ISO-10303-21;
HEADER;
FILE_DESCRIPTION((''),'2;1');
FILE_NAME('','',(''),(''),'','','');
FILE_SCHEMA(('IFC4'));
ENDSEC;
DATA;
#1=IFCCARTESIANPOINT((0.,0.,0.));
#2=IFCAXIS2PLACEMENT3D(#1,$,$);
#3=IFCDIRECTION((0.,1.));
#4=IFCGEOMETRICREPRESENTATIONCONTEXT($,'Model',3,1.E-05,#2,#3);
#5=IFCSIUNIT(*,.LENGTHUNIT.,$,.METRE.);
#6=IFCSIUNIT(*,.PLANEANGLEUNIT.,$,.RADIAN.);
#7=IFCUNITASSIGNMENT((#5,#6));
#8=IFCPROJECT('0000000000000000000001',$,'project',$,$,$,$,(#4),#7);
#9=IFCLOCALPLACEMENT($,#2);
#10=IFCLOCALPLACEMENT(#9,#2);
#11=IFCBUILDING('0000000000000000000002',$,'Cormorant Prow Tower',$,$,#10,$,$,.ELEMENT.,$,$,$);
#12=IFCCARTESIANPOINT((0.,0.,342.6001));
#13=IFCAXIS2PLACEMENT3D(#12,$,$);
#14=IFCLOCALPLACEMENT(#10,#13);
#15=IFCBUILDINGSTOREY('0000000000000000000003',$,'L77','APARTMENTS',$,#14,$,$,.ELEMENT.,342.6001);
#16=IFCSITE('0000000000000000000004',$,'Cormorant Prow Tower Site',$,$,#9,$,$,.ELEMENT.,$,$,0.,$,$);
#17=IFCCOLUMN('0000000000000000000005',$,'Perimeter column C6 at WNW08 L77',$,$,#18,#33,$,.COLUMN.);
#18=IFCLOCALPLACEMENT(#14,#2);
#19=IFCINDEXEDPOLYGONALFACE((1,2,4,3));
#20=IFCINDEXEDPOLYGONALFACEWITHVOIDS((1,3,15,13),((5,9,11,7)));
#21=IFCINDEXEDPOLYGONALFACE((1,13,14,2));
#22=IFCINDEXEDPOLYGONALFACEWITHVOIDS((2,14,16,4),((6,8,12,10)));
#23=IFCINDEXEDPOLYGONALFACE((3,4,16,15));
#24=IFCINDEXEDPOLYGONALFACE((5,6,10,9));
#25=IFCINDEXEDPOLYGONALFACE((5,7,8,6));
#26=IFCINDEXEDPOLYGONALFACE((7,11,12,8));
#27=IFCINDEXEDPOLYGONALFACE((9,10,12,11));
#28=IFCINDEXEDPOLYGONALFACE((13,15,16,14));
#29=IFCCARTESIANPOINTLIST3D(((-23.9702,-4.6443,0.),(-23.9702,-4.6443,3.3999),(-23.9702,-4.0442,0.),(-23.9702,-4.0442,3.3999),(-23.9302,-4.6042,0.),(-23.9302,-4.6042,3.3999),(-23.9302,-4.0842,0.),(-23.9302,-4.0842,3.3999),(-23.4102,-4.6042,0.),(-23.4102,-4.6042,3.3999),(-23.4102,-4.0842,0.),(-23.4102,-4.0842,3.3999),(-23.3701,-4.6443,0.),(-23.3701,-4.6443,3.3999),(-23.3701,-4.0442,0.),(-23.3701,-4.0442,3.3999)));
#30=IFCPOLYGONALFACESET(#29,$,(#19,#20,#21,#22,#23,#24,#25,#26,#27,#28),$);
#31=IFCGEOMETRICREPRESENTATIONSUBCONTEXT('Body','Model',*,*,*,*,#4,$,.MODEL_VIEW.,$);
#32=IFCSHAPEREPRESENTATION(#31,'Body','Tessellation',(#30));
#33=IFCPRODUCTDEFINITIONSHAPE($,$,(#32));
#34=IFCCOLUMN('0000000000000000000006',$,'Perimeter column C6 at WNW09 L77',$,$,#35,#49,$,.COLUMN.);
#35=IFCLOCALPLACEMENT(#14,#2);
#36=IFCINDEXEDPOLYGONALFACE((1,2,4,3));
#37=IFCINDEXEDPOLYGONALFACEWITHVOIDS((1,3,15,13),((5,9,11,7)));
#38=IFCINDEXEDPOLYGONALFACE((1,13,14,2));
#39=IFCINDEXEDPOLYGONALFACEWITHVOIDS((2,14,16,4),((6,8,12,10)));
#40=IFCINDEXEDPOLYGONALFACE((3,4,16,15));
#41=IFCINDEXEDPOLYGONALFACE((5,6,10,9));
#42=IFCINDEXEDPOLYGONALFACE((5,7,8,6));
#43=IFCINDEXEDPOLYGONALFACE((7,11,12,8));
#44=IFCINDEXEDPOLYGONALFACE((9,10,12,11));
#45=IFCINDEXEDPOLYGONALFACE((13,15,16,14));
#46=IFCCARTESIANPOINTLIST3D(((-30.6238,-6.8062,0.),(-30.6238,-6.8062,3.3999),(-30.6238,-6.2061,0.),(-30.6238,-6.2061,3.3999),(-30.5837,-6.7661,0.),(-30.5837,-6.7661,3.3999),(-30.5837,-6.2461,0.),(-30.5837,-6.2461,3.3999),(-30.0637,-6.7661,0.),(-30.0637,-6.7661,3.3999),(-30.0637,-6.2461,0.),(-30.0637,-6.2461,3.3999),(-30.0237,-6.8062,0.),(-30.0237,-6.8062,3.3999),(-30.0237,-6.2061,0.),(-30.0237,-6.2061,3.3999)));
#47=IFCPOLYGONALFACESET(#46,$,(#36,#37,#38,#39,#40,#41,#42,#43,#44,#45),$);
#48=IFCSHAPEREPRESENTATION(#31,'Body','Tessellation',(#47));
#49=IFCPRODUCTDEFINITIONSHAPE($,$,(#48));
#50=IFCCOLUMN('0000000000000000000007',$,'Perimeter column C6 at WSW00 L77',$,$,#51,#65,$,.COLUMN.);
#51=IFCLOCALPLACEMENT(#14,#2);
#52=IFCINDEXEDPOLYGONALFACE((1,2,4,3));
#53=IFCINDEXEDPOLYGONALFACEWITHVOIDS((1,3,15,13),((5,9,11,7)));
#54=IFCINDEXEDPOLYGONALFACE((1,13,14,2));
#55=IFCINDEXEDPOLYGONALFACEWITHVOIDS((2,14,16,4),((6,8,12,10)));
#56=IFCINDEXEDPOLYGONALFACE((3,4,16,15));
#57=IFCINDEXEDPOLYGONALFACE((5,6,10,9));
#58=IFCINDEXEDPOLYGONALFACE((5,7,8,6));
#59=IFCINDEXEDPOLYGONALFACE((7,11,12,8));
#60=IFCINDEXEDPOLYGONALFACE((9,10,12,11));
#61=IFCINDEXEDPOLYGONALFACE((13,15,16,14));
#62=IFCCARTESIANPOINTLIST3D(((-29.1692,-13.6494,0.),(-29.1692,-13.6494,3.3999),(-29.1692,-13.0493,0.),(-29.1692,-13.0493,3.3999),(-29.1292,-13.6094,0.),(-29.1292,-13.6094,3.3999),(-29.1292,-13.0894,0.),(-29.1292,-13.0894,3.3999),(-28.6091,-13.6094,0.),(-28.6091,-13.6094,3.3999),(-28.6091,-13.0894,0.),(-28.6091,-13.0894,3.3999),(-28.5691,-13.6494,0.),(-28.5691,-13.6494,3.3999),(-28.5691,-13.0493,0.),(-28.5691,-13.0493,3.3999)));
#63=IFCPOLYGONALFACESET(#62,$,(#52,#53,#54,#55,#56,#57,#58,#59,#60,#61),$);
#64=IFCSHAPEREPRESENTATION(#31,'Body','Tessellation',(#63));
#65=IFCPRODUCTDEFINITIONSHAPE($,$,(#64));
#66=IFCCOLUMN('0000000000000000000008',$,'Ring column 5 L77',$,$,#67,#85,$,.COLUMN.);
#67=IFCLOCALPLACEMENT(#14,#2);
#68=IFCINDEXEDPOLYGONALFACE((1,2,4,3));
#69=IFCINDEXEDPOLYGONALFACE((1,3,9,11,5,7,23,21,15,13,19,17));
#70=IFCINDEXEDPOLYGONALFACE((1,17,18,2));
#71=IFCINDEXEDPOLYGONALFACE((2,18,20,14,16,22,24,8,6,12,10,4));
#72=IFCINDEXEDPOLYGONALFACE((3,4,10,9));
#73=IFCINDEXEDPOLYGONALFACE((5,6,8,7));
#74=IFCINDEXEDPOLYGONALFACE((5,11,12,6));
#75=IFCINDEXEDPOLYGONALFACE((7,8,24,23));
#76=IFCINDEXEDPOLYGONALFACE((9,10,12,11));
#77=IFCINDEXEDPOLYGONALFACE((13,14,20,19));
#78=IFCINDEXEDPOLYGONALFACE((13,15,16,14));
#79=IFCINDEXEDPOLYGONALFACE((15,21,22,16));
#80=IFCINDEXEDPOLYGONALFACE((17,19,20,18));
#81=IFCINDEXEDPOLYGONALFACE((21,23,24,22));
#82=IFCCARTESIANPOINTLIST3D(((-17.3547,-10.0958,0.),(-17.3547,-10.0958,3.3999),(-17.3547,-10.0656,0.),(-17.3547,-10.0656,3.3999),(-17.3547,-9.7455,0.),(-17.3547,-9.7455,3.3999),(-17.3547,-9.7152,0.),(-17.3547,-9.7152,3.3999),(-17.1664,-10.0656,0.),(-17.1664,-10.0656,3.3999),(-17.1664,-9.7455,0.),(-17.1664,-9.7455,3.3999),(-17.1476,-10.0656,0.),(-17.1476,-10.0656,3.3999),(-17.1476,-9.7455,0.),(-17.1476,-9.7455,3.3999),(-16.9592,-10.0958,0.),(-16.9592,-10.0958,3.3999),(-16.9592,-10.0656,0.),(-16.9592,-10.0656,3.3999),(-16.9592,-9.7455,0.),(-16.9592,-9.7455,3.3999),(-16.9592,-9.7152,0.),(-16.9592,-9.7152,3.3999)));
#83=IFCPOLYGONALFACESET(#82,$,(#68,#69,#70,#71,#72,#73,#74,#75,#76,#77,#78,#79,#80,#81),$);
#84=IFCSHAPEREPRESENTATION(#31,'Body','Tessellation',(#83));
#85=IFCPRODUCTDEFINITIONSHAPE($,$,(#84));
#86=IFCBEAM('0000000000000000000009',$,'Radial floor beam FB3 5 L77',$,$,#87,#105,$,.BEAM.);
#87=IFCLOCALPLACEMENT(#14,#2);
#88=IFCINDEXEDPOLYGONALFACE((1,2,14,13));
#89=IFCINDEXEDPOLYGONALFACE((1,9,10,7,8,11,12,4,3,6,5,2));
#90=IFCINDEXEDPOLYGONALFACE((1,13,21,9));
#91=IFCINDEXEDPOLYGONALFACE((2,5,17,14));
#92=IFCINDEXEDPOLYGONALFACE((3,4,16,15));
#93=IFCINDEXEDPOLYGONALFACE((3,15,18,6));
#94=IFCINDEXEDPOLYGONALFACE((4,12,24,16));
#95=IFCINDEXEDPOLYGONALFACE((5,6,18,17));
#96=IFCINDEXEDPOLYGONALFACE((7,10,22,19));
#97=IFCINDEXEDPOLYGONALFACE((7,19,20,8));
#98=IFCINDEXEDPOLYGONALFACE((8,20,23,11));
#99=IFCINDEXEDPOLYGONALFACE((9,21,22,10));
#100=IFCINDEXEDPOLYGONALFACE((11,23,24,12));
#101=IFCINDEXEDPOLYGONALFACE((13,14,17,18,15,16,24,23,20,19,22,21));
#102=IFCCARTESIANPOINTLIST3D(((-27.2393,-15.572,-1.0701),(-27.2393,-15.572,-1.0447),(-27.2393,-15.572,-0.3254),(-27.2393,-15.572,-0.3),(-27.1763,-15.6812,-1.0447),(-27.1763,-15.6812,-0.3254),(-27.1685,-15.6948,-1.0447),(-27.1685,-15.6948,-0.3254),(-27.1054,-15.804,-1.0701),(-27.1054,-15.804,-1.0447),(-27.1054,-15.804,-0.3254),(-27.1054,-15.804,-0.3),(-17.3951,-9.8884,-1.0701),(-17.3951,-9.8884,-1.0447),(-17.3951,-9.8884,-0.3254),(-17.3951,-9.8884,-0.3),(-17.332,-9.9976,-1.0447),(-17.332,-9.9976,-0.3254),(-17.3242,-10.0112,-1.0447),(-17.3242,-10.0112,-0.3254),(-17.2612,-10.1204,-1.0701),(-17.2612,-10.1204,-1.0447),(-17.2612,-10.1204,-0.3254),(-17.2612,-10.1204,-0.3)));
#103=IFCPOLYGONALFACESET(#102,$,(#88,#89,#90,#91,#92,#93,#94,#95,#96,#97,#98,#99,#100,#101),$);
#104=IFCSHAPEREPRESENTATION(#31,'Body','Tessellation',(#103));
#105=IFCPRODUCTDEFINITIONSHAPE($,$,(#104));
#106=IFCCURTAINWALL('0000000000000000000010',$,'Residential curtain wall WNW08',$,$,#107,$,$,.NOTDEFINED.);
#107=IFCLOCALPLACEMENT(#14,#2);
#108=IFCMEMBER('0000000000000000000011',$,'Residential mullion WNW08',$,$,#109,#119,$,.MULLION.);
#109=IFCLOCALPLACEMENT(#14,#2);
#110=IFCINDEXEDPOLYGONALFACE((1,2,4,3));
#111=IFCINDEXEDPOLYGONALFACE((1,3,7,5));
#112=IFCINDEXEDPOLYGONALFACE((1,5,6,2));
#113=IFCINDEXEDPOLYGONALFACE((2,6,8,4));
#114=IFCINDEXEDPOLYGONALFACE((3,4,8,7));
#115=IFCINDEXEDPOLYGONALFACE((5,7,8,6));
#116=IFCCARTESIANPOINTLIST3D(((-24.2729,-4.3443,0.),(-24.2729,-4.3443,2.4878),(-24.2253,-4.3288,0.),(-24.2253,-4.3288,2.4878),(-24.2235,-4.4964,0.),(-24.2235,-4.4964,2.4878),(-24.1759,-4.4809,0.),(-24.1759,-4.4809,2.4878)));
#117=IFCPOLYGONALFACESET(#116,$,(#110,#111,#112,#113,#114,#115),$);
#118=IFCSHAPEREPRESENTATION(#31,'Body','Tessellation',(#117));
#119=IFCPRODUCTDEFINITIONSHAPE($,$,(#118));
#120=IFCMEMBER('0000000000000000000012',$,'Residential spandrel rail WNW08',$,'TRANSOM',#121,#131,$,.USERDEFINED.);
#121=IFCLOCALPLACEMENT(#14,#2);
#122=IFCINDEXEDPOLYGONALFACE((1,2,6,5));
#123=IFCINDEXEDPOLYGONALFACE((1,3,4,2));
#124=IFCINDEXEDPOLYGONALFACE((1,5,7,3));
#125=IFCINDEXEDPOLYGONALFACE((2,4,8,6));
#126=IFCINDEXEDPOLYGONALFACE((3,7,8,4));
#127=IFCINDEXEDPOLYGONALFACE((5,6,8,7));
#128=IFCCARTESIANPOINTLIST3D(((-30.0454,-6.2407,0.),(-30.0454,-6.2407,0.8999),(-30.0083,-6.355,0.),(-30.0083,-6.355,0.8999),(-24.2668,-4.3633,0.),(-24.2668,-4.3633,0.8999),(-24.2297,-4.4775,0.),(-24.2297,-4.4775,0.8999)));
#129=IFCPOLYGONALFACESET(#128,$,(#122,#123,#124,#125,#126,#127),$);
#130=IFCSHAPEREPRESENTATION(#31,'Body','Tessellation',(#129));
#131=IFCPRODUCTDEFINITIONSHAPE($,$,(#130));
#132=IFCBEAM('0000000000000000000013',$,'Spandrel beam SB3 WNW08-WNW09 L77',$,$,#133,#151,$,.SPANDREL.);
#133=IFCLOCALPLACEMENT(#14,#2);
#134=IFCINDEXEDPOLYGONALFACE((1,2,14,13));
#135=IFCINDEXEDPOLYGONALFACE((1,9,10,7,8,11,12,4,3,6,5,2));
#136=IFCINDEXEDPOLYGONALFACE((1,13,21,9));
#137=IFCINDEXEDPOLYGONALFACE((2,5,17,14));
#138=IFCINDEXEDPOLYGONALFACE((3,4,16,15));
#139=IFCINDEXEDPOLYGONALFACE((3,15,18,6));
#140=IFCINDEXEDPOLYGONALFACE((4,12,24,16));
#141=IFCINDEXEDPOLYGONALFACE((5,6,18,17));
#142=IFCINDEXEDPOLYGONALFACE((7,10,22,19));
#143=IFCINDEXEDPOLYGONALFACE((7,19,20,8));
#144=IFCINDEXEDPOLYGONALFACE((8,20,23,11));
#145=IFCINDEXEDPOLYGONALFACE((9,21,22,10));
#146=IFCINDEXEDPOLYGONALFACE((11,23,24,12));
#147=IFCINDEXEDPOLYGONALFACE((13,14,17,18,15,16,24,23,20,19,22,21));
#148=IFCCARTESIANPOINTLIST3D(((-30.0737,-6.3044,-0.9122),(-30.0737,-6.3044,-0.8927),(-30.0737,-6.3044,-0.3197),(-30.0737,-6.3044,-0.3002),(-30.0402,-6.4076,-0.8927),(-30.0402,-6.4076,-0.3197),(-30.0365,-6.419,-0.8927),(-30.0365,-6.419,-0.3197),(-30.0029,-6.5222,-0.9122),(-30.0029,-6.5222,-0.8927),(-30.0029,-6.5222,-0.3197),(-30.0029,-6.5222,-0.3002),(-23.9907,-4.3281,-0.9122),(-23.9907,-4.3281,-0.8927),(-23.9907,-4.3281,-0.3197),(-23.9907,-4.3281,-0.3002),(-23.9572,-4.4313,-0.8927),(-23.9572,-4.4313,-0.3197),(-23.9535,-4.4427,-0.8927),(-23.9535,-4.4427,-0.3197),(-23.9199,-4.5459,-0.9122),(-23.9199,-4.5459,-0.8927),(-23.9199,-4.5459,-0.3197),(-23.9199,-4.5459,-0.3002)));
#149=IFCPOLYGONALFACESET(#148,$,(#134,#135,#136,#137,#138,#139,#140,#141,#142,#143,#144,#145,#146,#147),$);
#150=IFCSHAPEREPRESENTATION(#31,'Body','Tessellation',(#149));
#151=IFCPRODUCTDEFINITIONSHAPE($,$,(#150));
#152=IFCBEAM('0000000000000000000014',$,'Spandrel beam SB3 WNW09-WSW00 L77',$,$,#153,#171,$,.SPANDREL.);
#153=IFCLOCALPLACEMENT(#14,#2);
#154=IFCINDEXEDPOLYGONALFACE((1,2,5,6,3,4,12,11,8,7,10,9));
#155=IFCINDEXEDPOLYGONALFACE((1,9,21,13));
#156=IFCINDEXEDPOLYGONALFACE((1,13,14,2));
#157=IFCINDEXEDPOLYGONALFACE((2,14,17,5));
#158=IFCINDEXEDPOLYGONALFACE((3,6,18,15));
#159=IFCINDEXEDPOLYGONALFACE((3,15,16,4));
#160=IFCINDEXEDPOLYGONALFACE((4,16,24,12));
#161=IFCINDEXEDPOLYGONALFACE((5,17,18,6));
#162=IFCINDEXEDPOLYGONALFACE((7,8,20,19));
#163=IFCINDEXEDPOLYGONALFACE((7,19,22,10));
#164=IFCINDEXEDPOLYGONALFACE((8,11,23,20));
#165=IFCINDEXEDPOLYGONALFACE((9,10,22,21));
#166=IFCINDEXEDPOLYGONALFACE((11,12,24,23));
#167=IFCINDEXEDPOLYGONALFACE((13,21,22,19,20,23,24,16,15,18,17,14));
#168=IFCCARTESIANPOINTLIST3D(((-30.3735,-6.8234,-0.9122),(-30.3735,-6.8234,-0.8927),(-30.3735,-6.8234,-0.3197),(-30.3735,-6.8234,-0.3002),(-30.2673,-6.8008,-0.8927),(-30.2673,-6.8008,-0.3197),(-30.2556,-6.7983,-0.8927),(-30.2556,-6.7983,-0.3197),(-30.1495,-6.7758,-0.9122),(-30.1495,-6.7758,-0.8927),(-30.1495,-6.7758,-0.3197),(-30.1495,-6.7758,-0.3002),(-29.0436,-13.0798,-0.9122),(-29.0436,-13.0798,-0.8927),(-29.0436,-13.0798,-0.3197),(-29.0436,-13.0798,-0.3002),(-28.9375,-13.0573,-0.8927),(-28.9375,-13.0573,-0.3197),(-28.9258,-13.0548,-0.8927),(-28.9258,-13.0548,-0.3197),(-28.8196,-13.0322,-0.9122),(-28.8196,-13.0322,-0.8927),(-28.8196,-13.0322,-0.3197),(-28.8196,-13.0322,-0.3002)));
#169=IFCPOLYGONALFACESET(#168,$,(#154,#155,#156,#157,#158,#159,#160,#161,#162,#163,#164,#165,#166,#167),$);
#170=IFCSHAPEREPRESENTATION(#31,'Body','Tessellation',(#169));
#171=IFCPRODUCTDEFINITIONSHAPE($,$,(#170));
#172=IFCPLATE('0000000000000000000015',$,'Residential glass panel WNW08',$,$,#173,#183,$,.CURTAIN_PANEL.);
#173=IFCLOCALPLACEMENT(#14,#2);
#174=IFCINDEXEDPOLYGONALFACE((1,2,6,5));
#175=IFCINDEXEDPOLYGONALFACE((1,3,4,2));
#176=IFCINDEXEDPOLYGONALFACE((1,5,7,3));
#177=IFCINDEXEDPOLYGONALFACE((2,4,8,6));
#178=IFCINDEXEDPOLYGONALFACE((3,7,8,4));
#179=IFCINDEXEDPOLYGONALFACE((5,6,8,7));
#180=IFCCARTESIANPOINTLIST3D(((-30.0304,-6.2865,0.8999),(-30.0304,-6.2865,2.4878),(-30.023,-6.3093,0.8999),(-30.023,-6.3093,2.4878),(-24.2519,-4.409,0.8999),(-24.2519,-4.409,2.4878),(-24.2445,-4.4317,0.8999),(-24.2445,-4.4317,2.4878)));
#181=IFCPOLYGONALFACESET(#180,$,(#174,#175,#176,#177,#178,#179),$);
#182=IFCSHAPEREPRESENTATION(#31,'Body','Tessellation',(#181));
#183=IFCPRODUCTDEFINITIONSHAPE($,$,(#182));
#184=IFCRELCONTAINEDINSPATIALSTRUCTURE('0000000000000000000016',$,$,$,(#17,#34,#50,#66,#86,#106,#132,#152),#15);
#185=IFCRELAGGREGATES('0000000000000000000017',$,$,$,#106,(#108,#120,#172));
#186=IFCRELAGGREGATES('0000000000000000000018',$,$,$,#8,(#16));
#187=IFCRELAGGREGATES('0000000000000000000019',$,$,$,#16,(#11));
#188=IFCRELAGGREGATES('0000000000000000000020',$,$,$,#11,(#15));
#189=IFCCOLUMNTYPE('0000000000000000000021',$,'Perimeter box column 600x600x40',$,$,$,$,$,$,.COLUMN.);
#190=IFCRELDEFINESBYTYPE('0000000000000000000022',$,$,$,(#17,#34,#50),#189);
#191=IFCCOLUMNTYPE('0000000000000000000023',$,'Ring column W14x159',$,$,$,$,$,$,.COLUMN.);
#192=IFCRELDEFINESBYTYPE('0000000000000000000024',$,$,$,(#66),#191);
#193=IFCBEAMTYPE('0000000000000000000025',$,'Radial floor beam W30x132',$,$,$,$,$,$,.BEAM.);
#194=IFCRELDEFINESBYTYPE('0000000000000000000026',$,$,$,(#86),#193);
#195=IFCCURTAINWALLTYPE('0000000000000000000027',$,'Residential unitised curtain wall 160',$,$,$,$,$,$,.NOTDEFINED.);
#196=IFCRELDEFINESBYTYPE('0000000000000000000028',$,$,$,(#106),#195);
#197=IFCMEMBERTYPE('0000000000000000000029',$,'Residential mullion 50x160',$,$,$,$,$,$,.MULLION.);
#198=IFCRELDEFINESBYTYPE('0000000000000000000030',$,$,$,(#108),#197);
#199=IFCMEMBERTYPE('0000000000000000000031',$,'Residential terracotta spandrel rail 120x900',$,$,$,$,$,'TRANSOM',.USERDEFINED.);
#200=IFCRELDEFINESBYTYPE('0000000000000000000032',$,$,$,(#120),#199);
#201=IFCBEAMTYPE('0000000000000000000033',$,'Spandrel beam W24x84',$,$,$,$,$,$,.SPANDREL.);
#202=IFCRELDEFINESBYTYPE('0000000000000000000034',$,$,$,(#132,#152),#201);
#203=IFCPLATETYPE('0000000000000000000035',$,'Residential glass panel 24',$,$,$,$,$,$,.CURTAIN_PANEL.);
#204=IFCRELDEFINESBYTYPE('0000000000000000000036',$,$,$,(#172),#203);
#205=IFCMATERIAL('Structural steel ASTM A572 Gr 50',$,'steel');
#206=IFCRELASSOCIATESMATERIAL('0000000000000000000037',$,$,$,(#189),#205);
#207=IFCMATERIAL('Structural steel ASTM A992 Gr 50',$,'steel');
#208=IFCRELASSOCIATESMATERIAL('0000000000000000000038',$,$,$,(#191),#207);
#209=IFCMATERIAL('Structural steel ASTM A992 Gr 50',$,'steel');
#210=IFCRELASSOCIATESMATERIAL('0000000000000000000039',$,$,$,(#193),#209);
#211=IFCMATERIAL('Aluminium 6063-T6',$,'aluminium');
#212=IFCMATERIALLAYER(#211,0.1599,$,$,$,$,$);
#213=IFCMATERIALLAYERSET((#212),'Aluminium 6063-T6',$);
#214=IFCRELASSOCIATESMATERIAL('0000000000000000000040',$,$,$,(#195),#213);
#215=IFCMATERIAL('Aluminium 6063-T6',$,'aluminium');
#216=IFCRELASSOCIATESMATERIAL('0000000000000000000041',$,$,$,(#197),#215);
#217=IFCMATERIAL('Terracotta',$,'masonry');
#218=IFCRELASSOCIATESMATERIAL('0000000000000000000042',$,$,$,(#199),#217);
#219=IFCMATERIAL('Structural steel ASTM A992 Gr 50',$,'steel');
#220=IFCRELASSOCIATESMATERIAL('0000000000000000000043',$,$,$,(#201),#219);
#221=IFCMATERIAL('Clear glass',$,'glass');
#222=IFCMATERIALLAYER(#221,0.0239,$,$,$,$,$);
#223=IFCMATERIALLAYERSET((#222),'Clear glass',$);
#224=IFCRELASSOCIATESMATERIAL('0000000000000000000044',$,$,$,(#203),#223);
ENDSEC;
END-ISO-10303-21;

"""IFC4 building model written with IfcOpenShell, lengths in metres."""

from ifc_helpers import new_model, si_unit, direction, frame, origin, origin_2d, place, context, subcontext, project, spatial, rectangle, hollow_rectangle, i_section, extrude, material, layer, layer_set, material_profile, profile_set, type_object, element, aggregate, save


model = new_model("IFC4")

# Units and contexts
model_context = context("Model", 3, precision=1e-05, world=origin(), true_north=direction((0.0, 1.0)))
body_context = subcontext(model_context, "Body", "Model", "MODEL_VIEW")
ifc_project = project(units=[si_unit("LENGTHUNIT", "METRE"), si_unit("PLANEANGLEUNIT", "RADIAN")], contexts=[model_context])

# Site, building, storey
site_placement = place(None, origin())
site = spatial("IfcSite", under=ifc_project, at=site_placement, Name="Cormorant Prow Tower Site", CompositionType="ELEMENT", RefElevation=0.0)
building_placement = place(site_placement, origin())
building = spatial("IfcBuilding", under=site, at=building_placement, Name="Cormorant Prow Tower", CompositionType="ELEMENT")
storey_placement = place(building_placement, frame((0.0, 0.0, 342.6001)))
storey = spatial("IfcBuildingStorey", under=building, at=storey_placement, Name="L77", Description="APARTMENTS", CompositionType="ELEMENT", Elevation=342.6001)

# Columns
ifc_material_1 = material(Name="Structural steel ASTM A572 Gr 50", Category="steel")
ifc_material_profile_1 = material_profile(ifc_material_1, hollow_rectangle(XDim=0.6001, YDim=0.6001, WallThickness=0.04, at=origin_2d()), Name="Box 600x600x40")
ifc_profile_set_1 = profile_set([ifc_material_profile_1], Name="Structural steel ASTM A572 Gr 50")
column_type_1 = type_object("IfcColumnType", Name="Perimeter box column 600x600x40", PredefinedType="COLUMN", material=ifc_profile_set_1)
for number, where, z_axis, x_axis, name in (
    (1, (-23.6702, -4.3442, 0.0), (0.0, 0.0, 1.0), (1.0, 0.0, 0.0), "Perimeter column C6 at WNW08 L77"),
    (2, (-30.3237, -6.5061, 0.0), (0.0, 0.0, 1.0), (1.0, 0.0, 0.0), "Perimeter column C6 at WNW09 L77"),
    (3, (-28.8691, -13.3494, 0.0), (0.0, 0.0, 1.0), (1.0, 0.0, 0.0), "Perimeter column C6 at WSW00 L77"),
):
    element("IfcColumn", number, at=place(storey_placement, frame(where, z_axis=z_axis, x_axis=x_axis)), inside=storey, type_object=column_type_1, Name=name, PredefinedType="COLUMN", context=body_context, shape_type="SweptSolid", body=[
        extrude(hollow_rectangle(XDim=0.6001, YDim=0.6001, WallThickness=0.04, at=origin_2d()), origin(), (0.0, 0.0, 1.0), 3.3999),
    ])
ifc_material_2 = material(Name="Structural steel ASTM A992 Gr 50", Category="steel")
ifc_material_profile_2 = material_profile(ifc_material_2, i_section(OverallWidth=0.3955, OverallDepth=0.3806, WebThickness=0.0188, FlangeThickness=0.0303, at=origin_2d()), Name="W14x159")
ifc_profile_set_2 = profile_set([ifc_material_profile_2], Name="Structural steel ASTM A992 Gr 50")
column_type_2 = type_object("IfcColumnType", Name="Ring column W14x159", PredefinedType="COLUMN", material=ifc_profile_set_2)
column_placement = place(storey_placement, frame((-17.157, -9.9055, 0.0), z_axis=(0.0, 0.0, 1.0), x_axis=(1.0, 0.0, 0.0)))
element("IfcColumn", 4, at=column_placement, inside=storey, type_object=column_type_2, Name="Ring column 5 L77", PredefinedType="COLUMN", context=body_context, shape_type="SweptSolid", body=[
    extrude(i_section(OverallWidth=0.3955, OverallDepth=0.3806, WebThickness=0.0188, FlangeThickness=0.0303, at=origin_2d()), origin(), (0.0, 0.0, 1.0), 3.3999),
])

# Beam
ifc_material_3 = material(Name="Structural steel ASTM A992 Gr 50", Category="steel")
ifc_material_profile_3 = material_profile(ifc_material_3, i_section(OverallWidth=0.2678, OverallDepth=0.77, WebThickness=0.0156, FlangeThickness=0.0254, at=origin_2d()), Name="W30x132")
ifc_profile_set_3 = profile_set([ifc_material_profile_3], Name="Structural steel ASTM A992 Gr 50")
beam_type_1 = type_object("IfcBeamType", Name="Radial floor beam W30x132", PredefinedType="BEAM", material=ifc_profile_set_3)
beam_1_placement = place(storey_placement, frame((-17.3281, -10.0044, -0.6851), z_axis=(-0.866025, -0.500001, 0.0), x_axis=(0.500001, -0.866025, 0.0)))
element("IfcBeam", 5, at=beam_1_placement, inside=storey, type_object=beam_type_1, Name="Radial floor beam FB3 5 L77", PredefinedType="BEAM", context=body_context, shape_type="SweptSolid", body=[
    extrude(i_section(OverallWidth=0.2678, OverallDepth=0.77, WebThickness=0.0156, FlangeThickness=0.0254, at=origin_2d()), origin(), (0.0, 0.0, 1.0), 11.3672),
])

# Curtain wall, members
ifc_material_4 = material(Name="Aluminium 6063-T6", Category="aluminium")
ifc_layer_1 = layer(ifc_material_4, 0.1599)
ifc_layer_set_1 = layer_set([ifc_layer_1], Name="Aluminium 6063-T6")
curtain_wall_type = type_object("IfcCurtainWallType", Name="Residential unitised curtain wall 160", PredefinedType="NOTDEFINED", material=ifc_layer_set_1)
curtain_wall_placement = place(storey_placement, origin())
curtain_wall = element("IfcCurtainWall", 6, at=curtain_wall_placement, inside=storey, type_object=curtain_wall_type, Name="Residential curtain wall WNW08", PredefinedType="NOTDEFINED")
ifc_material_5 = material(Name="Aluminium 6063-T6", Category="aluminium")
ifc_material_profile_4 = material_profile(ifc_material_5, rectangle(XDim=0.1599, YDim=0.05, at=origin_2d()), Name="Residential mullion 50x160")
ifc_profile_set_4 = profile_set([ifc_material_profile_4], Name="Aluminium 6063-T6")
member_type_1 = type_object("IfcMemberType", Name="Residential mullion 50x160", PredefinedType="MULLION", material=ifc_profile_set_4)
member_1_placement = place(storey_placement, frame((-24.2244, -4.4126, 0.0), z_axis=(0.0, 0.0, 1.0), x_axis=(0.309017, -0.951056, 0.0)))
member_1 = element("IfcMember", 7, at=member_1_placement, type_object=member_type_1, Name="Residential mullion WNW08", PredefinedType="MULLION", context=body_context, shape_type="SweptSolid", body=[
    extrude(rectangle(XDim=0.1599, YDim=0.05, at=origin_2d()), origin(), (0.0, 0.0, 1.0), 2.4878),
])
ifc_material_6 = material(Name="Terracotta", Category="masonry")
ifc_material_profile_5 = material_profile(ifc_material_6, rectangle(XDim=0.1201, YDim=0.8999, at=origin_2d()), Name="Residential terracotta spandrel rail 120x900")
ifc_profile_set_5 = profile_set([ifc_material_profile_5], Name="Terracotta")
member_type_2 = type_object("IfcMemberType", Name="Residential terracotta spandrel rail 120x900", ElementType="TRANSOM", PredefinedType="USERDEFINED", material=ifc_profile_set_5)
member_2_placement = place(storey_placement, frame((-24.2483, -4.4204, 0.45), z_axis=(-0.951063, -0.308998, 0.0), x_axis=(0.308998, -0.951063, 0.0)))
member_2 = element("IfcMember", 8, at=member_2_placement, type_object=member_type_2, Name="Residential spandrel rail WNW08", ObjectType="TRANSOM", PredefinedType="USERDEFINED", context=body_context, shape_type="SweptSolid", body=[
    extrude(rectangle(XDim=0.1201, YDim=0.8999, at=origin_2d()), origin(), (0.0, 0.0, 1.0), 6.0759),
])

# Beams
ifc_material_7 = material(Name="Structural steel ASTM A992 Gr 50", Category="steel")
ifc_material_profile_6 = material_profile(ifc_material_7, i_section(OverallWidth=0.229, OverallDepth=0.6121, WebThickness=0.012, FlangeThickness=0.0195, at=origin_2d()), Name="W24x84")
ifc_profile_set_6 = profile_set([ifc_material_profile_6], Name="Structural steel ASTM A992 Gr 50")
beam_type_2 = type_object("IfcBeamType", Name="Spandrel beam W24x84", PredefinedType="SPANDREL", material=ifc_profile_set_6)
beam_2_placement = place(storey_placement, frame((-23.9553, -4.437, -0.6062), z_axis=(-0.951064, -0.308993, 0.0), x_axis=(0.308993, -0.951064, 0.0)))
element("IfcBeam", 9, at=beam_2_placement, inside=storey, type_object=beam_type_2, Name="Spandrel beam SB3 WNW08-WNW09 L77", PredefinedType="SPANDREL", context=body_context, shape_type="SweptSolid", body=[
    extrude(i_section(OverallWidth=0.229, OverallDepth=0.6121, WebThickness=0.012, FlangeThickness=0.0195, at=origin_2d()), origin(), (0.0, 0.0, 1.0), 6.396),
])
beam_3_placement = place(storey_placement, frame((-30.2615, -6.7996, -0.6062), z_axis=(0.207913, -0.978147, 0.0), x_axis=(0.978147, 0.207913, 0.0)))
element("IfcBeam", 10, at=beam_3_placement, inside=storey, type_object=beam_type_2, Name="Spandrel beam SB3 WNW09-WSW00 L77", PredefinedType="SPANDREL", context=body_context, shape_type="SweptSolid", body=[
    extrude(i_section(OverallWidth=0.229, OverallDepth=0.6121, WebThickness=0.012, FlangeThickness=0.0195, at=origin_2d()), origin(), (0.0, 0.0, 1.0), 6.3962),
])

# Plate
ifc_material_8 = material(Name="Clear glass", Category="glass")
ifc_layer_2 = layer(ifc_material_8, 0.0239)
ifc_layer_set_2 = layer_set([ifc_layer_2], Name="Clear glass")
plate_type = type_object("IfcPlateType", Name="Residential glass panel 24", PredefinedType="CURTAIN_PANEL", material=ifc_layer_set_2)
plate_placement = place(storey_placement, frame((-27.1375, -5.3591, 0.8999), z_axis=(0.0, 0.0, 1.0), x_axis=(-0.951056, -0.309017, 0.0)))
plate = element("IfcPlate", 11, at=plate_placement, type_object=plate_type, Name="Residential glass panel WNW08", PredefinedType="CURTAIN_PANEL", context=body_context, shape_type="SweptSolid", body=[
    extrude(rectangle(XDim=6.0759, YDim=0.0239, at=origin_2d()), origin(), (0.0, 0.0, 1.0), 1.5879),
])
aggregate(curtain_wall, [member_1, member_2, plate])

save(model, "model.ifc")
